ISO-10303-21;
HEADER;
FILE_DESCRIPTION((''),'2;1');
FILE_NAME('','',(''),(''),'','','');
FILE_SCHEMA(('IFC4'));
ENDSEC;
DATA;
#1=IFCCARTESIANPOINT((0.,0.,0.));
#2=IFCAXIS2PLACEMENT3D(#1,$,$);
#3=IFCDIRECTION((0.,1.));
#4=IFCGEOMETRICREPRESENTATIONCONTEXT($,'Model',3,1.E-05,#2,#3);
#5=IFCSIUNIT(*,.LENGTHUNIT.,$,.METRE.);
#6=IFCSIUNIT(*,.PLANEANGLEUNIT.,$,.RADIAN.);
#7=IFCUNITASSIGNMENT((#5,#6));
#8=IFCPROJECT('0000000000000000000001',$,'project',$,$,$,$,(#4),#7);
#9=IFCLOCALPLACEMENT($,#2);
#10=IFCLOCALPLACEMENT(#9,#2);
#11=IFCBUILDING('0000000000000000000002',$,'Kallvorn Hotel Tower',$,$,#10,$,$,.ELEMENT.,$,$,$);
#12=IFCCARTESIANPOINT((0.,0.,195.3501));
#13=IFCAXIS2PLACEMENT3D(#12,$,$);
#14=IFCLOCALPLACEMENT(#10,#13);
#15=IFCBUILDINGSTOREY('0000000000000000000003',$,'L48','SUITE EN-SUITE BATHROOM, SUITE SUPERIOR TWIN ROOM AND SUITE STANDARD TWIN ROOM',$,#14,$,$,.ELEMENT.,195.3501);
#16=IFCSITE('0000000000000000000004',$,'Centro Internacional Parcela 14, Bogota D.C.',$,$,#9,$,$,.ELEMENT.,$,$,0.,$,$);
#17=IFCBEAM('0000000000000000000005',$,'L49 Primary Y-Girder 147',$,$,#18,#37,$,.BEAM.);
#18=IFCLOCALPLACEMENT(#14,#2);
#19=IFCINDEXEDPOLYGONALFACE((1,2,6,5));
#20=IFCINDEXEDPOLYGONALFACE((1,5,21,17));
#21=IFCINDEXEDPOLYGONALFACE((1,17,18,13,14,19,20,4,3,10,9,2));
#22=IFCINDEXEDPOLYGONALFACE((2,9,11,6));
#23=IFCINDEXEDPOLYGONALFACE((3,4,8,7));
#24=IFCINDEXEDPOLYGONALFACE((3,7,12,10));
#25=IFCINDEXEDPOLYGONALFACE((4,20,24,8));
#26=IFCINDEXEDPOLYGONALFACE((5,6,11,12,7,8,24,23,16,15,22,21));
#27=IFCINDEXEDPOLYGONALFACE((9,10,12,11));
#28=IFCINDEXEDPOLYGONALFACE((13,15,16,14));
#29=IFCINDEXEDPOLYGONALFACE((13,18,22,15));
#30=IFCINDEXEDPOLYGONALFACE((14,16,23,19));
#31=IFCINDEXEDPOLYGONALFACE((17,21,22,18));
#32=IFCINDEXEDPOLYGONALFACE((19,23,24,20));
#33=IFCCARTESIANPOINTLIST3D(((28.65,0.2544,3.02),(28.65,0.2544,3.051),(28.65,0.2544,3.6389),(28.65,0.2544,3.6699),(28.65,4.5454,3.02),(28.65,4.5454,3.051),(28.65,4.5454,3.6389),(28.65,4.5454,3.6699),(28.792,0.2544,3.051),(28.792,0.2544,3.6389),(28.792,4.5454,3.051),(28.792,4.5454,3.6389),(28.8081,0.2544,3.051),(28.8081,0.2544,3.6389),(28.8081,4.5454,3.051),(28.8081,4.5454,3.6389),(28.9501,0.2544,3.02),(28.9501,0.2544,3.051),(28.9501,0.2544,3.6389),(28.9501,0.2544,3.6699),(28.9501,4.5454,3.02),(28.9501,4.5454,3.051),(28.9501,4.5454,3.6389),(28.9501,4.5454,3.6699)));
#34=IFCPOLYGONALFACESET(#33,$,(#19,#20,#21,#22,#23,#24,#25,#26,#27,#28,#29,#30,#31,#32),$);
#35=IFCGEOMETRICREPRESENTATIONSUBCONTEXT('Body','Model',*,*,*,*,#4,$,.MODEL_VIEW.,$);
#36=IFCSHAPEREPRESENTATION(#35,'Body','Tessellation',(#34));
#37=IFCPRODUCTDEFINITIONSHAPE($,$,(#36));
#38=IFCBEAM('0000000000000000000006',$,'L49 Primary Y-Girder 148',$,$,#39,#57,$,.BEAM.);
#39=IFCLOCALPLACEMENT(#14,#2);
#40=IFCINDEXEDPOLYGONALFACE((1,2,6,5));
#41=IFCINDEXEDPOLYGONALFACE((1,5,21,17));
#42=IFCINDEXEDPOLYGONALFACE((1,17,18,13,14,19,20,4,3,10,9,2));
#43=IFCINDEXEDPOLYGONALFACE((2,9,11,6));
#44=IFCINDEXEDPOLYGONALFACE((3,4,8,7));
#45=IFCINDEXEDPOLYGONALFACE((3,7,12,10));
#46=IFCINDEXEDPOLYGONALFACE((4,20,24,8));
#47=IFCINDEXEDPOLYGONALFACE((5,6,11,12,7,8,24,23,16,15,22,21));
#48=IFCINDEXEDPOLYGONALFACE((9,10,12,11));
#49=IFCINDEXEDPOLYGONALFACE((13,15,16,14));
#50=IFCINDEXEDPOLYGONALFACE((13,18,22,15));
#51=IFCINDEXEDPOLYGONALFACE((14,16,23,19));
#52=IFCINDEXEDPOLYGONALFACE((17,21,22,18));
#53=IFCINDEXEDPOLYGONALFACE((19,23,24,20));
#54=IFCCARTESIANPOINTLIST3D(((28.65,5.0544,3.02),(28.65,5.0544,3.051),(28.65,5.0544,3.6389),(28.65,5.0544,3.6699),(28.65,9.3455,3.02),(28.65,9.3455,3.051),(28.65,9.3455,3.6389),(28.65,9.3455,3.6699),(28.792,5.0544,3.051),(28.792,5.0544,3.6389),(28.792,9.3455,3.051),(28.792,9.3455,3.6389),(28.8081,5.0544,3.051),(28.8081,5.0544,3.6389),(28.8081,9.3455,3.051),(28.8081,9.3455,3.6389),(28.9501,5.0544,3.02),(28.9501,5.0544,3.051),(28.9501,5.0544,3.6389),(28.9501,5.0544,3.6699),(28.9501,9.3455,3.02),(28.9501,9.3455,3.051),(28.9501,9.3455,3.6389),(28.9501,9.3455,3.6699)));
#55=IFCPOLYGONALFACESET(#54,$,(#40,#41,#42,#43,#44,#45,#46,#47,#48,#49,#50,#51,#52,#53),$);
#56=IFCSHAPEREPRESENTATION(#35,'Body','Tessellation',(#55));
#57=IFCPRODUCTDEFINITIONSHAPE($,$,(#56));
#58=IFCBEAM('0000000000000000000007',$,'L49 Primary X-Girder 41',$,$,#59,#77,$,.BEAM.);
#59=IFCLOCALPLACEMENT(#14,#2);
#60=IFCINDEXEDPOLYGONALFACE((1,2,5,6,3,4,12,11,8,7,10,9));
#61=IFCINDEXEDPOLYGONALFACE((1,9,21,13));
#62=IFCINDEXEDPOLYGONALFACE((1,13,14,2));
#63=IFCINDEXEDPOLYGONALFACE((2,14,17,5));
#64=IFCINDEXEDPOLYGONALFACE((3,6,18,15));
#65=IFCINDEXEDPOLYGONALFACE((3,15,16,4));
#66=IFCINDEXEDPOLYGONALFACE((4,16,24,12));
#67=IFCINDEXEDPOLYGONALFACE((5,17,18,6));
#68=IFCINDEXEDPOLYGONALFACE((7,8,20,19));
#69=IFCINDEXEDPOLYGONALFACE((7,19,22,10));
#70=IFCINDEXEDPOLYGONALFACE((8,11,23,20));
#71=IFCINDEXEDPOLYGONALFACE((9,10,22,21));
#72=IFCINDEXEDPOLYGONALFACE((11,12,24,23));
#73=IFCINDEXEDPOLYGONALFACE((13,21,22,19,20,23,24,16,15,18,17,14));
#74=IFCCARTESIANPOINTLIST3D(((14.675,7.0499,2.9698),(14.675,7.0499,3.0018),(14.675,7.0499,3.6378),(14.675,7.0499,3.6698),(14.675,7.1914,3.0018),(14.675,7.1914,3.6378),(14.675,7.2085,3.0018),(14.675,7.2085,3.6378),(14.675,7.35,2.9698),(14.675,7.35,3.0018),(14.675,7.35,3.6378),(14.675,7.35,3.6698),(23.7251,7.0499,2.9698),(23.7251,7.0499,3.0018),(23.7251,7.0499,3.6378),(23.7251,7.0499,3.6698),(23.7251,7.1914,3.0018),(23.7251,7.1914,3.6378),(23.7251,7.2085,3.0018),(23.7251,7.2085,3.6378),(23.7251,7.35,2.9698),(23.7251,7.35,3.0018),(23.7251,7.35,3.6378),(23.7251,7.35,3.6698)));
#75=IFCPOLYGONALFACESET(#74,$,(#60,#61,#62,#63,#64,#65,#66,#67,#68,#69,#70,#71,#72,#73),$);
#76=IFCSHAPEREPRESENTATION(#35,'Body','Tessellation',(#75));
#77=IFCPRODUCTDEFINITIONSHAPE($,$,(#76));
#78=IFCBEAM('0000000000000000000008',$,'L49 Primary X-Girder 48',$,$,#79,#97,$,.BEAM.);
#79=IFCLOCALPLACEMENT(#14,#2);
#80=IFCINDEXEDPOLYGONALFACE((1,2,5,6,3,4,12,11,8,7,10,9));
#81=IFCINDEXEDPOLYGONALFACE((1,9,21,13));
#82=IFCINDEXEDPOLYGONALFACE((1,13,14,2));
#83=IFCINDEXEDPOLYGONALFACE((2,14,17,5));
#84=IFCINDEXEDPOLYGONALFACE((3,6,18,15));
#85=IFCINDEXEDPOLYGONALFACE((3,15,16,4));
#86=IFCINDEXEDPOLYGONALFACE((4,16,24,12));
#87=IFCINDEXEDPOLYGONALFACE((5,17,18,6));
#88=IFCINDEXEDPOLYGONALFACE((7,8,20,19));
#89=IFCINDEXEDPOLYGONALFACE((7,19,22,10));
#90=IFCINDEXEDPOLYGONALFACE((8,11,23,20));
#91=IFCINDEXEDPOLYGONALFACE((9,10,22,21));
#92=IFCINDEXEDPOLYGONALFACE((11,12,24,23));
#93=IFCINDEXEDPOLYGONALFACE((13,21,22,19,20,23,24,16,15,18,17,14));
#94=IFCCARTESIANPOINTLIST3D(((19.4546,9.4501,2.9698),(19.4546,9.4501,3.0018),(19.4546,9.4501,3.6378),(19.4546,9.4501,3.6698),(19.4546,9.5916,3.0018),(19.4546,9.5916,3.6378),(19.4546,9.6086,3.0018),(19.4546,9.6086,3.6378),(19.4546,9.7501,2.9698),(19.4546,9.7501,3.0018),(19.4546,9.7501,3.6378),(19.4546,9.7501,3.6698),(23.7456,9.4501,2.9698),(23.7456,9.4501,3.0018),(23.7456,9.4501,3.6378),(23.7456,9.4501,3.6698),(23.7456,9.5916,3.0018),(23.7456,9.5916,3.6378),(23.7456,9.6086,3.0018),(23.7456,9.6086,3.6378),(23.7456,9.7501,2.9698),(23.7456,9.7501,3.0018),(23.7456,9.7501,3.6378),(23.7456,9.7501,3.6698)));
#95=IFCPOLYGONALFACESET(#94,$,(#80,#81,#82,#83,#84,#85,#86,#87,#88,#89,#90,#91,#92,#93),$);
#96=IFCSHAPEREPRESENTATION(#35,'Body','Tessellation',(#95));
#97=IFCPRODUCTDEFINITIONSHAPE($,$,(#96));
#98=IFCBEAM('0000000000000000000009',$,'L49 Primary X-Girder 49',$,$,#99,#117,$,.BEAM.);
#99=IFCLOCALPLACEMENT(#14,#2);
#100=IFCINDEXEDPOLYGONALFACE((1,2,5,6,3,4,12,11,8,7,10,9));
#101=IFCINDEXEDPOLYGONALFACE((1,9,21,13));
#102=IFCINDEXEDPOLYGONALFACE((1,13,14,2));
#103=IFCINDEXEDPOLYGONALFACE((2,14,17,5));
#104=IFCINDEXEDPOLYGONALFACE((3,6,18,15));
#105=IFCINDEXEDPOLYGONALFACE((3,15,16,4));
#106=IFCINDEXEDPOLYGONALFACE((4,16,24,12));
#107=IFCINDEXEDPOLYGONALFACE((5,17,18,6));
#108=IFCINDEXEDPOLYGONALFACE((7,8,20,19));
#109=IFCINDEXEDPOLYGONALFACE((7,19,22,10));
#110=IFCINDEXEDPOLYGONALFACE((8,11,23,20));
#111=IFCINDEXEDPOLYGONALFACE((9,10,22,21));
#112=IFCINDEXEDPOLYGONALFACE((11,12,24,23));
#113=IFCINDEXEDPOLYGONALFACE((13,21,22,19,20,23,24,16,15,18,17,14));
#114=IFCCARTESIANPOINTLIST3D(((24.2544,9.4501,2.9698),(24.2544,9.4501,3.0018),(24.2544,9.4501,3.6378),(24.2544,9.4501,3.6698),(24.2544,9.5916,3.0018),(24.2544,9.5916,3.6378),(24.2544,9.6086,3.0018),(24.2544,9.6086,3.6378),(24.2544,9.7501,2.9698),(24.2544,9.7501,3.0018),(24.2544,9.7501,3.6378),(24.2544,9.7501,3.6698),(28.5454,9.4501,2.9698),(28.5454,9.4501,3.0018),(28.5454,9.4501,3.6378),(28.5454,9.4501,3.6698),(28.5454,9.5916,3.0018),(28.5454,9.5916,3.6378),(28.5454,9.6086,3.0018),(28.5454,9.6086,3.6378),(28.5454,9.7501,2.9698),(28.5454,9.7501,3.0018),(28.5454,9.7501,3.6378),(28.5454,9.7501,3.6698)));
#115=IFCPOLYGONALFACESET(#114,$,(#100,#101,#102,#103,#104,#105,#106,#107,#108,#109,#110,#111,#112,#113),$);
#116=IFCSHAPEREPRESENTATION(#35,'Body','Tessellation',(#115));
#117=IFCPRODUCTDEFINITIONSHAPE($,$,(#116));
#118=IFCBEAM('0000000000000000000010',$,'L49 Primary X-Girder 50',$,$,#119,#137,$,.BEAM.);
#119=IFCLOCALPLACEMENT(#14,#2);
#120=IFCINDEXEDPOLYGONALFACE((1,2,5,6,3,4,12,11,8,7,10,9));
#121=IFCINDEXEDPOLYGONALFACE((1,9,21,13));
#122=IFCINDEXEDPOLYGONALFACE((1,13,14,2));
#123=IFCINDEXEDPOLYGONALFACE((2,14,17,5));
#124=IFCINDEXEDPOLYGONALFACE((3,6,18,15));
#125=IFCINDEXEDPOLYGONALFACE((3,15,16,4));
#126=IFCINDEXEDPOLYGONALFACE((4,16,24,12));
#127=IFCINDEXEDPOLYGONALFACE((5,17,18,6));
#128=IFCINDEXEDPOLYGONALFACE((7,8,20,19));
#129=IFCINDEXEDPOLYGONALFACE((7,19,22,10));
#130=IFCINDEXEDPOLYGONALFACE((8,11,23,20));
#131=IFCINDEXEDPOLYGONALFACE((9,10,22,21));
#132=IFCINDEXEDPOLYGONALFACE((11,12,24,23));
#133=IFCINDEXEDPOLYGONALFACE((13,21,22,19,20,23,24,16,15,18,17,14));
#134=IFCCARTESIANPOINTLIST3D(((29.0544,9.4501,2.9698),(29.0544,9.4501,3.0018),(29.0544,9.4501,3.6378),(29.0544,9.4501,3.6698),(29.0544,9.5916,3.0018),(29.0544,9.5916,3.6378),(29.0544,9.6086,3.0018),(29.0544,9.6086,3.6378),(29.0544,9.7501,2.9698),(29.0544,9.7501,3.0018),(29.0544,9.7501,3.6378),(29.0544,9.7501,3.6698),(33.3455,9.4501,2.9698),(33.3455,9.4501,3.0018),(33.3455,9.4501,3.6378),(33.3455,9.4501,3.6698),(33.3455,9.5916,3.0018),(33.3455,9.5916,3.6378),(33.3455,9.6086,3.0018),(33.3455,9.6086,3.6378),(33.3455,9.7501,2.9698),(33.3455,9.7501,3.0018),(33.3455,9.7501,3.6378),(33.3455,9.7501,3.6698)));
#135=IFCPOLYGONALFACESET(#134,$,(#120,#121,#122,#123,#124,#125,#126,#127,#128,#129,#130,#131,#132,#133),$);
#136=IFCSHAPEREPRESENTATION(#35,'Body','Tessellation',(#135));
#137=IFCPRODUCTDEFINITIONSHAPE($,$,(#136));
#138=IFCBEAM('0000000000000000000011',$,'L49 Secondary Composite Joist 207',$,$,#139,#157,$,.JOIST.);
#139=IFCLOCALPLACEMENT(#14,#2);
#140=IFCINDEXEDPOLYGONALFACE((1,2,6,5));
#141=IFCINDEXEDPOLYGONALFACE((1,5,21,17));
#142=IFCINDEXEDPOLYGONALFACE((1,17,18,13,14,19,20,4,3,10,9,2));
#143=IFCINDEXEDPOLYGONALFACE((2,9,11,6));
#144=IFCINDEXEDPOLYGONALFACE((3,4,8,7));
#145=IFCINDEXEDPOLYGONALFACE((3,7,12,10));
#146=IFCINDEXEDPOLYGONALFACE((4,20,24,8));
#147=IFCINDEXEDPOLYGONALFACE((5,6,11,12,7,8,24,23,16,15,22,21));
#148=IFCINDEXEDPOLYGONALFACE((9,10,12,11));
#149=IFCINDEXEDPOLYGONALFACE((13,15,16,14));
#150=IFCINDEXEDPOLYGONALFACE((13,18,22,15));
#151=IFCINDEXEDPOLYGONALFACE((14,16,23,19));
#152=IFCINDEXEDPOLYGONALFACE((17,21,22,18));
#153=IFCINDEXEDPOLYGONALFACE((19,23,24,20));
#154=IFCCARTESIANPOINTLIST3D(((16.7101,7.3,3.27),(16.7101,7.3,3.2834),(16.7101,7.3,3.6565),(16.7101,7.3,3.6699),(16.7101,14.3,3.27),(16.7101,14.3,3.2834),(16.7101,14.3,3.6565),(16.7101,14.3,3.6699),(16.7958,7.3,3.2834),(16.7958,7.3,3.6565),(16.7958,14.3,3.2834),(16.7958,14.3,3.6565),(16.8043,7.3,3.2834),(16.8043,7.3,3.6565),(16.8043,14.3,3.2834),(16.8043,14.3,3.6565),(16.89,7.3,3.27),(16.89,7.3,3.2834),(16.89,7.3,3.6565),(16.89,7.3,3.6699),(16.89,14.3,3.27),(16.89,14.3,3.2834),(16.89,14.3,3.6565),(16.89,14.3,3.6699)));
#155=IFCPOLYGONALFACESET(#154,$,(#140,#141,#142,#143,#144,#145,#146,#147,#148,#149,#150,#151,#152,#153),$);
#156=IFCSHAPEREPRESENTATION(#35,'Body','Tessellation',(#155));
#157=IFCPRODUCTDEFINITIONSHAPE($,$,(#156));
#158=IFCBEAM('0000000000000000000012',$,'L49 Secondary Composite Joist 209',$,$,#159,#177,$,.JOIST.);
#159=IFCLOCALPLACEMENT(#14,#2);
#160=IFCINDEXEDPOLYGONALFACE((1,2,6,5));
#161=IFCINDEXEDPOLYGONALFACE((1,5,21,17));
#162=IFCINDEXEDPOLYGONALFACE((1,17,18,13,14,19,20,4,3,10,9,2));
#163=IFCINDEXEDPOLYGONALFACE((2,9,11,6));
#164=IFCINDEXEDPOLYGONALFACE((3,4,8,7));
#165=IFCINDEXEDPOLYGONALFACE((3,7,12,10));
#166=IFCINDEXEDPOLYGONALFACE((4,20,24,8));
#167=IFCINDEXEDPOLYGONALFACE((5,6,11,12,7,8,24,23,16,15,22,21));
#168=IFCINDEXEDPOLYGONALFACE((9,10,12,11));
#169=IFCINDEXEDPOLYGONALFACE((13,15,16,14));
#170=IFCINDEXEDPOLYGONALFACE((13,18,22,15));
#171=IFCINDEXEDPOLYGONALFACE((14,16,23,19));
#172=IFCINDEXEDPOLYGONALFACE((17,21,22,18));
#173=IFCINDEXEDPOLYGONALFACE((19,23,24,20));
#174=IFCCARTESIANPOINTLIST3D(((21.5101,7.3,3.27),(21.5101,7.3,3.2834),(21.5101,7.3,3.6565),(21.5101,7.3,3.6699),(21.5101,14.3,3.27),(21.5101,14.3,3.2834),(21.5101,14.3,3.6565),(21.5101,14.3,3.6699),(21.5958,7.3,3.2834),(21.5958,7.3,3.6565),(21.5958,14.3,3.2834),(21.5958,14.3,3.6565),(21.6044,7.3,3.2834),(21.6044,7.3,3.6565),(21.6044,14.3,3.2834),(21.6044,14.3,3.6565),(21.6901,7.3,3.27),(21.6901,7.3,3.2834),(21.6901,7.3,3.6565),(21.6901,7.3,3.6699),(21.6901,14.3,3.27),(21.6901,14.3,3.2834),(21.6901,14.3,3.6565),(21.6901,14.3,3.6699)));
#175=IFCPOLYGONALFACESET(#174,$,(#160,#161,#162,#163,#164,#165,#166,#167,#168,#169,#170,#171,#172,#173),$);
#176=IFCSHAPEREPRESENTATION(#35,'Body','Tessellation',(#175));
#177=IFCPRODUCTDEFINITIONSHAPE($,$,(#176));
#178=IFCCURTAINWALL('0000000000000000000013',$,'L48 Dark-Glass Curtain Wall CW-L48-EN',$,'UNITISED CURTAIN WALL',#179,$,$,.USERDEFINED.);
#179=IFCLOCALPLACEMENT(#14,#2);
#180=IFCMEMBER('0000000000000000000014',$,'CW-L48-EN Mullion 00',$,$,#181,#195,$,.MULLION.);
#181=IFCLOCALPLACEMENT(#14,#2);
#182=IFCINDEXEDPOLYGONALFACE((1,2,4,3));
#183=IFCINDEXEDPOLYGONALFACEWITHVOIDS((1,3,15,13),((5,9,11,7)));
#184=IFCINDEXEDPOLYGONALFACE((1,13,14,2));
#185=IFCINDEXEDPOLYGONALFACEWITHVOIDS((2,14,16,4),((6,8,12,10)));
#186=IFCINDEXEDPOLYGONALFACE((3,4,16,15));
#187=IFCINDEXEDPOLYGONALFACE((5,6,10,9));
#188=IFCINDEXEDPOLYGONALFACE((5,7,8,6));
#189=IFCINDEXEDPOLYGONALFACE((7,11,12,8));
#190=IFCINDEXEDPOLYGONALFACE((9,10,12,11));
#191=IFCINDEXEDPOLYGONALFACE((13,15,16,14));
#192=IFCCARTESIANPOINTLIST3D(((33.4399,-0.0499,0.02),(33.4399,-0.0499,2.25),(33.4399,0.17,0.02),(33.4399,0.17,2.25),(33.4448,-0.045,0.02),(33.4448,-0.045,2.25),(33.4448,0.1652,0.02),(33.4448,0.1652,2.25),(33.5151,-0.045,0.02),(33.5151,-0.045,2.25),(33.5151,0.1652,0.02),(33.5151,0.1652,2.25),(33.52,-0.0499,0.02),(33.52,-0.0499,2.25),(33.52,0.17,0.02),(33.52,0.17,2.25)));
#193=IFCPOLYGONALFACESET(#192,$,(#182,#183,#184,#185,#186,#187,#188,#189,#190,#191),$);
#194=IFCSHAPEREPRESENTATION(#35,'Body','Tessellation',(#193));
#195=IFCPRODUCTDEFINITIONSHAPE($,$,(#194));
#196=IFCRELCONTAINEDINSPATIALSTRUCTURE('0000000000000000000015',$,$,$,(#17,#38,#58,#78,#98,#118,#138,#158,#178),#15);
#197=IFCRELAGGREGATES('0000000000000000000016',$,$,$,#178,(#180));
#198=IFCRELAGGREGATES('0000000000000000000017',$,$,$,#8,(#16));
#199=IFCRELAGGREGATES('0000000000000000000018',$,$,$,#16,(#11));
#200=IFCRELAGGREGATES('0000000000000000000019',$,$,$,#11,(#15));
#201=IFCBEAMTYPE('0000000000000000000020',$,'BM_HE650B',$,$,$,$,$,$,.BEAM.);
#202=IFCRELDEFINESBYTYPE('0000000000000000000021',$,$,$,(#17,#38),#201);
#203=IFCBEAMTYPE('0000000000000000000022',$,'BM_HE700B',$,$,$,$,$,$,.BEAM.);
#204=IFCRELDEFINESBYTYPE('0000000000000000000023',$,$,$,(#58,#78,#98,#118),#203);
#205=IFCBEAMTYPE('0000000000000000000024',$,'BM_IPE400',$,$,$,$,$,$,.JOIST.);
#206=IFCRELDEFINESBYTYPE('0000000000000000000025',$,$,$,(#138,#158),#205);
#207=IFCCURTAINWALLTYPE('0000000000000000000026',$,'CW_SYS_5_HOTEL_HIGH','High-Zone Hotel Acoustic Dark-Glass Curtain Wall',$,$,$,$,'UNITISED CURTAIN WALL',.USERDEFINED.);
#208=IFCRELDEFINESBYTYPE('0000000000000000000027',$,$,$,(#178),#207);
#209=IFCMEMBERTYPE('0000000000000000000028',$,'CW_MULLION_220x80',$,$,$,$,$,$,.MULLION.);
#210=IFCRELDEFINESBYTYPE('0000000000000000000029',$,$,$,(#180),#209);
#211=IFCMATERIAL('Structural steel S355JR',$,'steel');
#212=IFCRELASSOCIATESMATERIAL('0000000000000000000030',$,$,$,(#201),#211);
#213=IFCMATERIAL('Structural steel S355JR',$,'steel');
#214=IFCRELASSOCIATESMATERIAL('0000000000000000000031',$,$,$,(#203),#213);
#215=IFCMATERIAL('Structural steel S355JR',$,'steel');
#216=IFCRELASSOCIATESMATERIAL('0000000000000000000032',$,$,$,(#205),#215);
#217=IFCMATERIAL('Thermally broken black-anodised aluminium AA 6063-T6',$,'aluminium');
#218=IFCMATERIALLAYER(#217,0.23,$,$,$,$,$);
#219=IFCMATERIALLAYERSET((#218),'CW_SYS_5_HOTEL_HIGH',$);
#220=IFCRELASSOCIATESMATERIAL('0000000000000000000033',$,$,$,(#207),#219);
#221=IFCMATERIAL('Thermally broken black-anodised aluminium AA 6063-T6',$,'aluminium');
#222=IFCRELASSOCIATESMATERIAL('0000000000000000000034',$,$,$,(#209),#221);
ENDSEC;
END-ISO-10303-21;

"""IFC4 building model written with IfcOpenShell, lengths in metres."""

from ifc_helpers import new_model, si_unit, direction, frame, origin, origin_2d, place, context, subcontext, project, spatial, hollow_rectangle, i_section, extrude, material, layer, layer_set, material_profile, profile_set, type_object, element, aggregate, save


model = new_model("IFC4")

# Units and contexts
model_context = context("Model", 3, precision=1e-05, world=origin(), true_north=direction((0.0, 1.0)))
body_context = subcontext(model_context, "Body", "Model", "MODEL_VIEW")
ifc_project = project(units=[si_unit("LENGTHUNIT", "METRE"), si_unit("PLANEANGLEUNIT", "RADIAN")], contexts=[model_context])

# Site, building, storey
site_placement = place(None, origin())
site = spatial("IfcSite", under=ifc_project, at=site_placement, Name="Centro Internacional Parcela 14, Bogota D.C.", CompositionType="ELEMENT", RefElevation=0.0)
building_placement = place(site_placement, origin())
building = spatial("IfcBuilding", under=site, at=building_placement, Name="Kallvorn Hotel Tower", CompositionType="ELEMENT")
storey_placement = place(building_placement, frame((0.0, 0.0, 195.3501)))
storey = spatial("IfcBuildingStorey", under=building, at=storey_placement, Name="L48", Description="SUITE EN-SUITE BATHROOM, SUITE SUPERIOR TWIN ROOM AND SUITE STANDARD TWIN ROOM", CompositionType="ELEMENT", Elevation=195.3501)

# Beams
ifc_material_1 = material(Name="Structural steel S355JR", Category="steel")
ifc_material_profile_1 = material_profile(ifc_material_1, i_section(OverallWidth=0.3, OverallDepth=0.6499, WebThickness=0.0161, FlangeThickness=0.031, at=origin_2d()), Name="HE 650 B")
ifc_profile_set_1 = profile_set([ifc_material_profile_1], Name="Structural steel S355JR")
beam_type_1 = type_object("IfcBeamType", Name="BM_HE650B", PredefinedType="BEAM", material=ifc_profile_set_1)
for number, where, z_axis, x_axis, name in (
    (1, (28.8, 0.2544, 3.345), (0.0, 1.0, 0.0), (-1.0, 0.0, 0.0), "L49 Primary Y-Girder 147"),
    (2, (28.8, 5.0544, 3.345), (0.0, 1.0, 0.0), (-1.0, 0.0, 0.0), "L49 Primary Y-Girder 148"),
):
    element("IfcBeam", number, at=place(storey_placement, frame(where, z_axis=z_axis, x_axis=x_axis)), inside=storey, type_object=beam_type_1, Name=name, PredefinedType="BEAM", context=body_context, shape_type="SweptSolid", body=[
        extrude(i_section(OverallWidth=0.3, OverallDepth=0.6499, WebThickness=0.0161, FlangeThickness=0.031, at=origin_2d()), origin(), (0.0, 0.0, 1.0), 4.291),
    ])
ifc_material_2 = material(Name="Structural steel S355JR", Category="steel")
ifc_material_profile_2 = material_profile(ifc_material_2, i_section(OverallWidth=0.3, OverallDepth=0.7, WebThickness=0.0171, FlangeThickness=0.032, at=origin_2d()), Name="HE 700 B")
ifc_profile_set_2 = profile_set([ifc_material_profile_2], Name="Structural steel S355JR")
beam_type_2 = type_object("IfcBeamType", Name="BM_HE700B", PredefinedType="BEAM", material=ifc_profile_set_2)
beam_1_placement = place(storey_placement, frame((14.675, 7.2, 3.3198), z_axis=(1.0, 0.0, 0.0), x_axis=(0.0, 1.0, 0.0)))
element("IfcBeam", 3, at=beam_1_placement, inside=storey, type_object=beam_type_2, Name="L49 Primary X-Girder 41", PredefinedType="BEAM", context=body_context, shape_type="SweptSolid", body=[
    extrude(i_section(OverallWidth=0.3, OverallDepth=0.7, WebThickness=0.0171, FlangeThickness=0.032, at=origin_2d()), origin(), (0.0, 0.0, 1.0), 9.05),
])
for number, where, z_axis, x_axis, name in (
    (4, (19.4546, 9.6001, 3.3198), (1.0, 0.0, 0.0), (0.0, 1.0, 0.0), "L49 Primary X-Girder 48"),
    (5, (24.2544, 9.6001, 3.3198), (1.0, 0.0, 0.0), (0.0, 1.0, 0.0), "L49 Primary X-Girder 49"),
    (6, (29.0544, 9.6001, 3.3198), (1.0, 0.0, 0.0), (0.0, 1.0, 0.0), "L49 Primary X-Girder 50"),
):
    element("IfcBeam", number, at=place(storey_placement, frame(where, z_axis=z_axis, x_axis=x_axis)), inside=storey, type_object=beam_type_2, Name=name, PredefinedType="BEAM", context=body_context, shape_type="SweptSolid", body=[
        extrude(i_section(OverallWidth=0.3, OverallDepth=0.7, WebThickness=0.0171, FlangeThickness=0.032, at=origin_2d()), origin(), (0.0, 0.0, 1.0), 4.291),
    ])
ifc_material_3 = material(Name="Structural steel S355JR", Category="steel")
ifc_material_profile_3 = material_profile(ifc_material_3, i_section(OverallWidth=0.1799, OverallDepth=0.3999, WebThickness=0.0085, FlangeThickness=0.0134, at=origin_2d()), Name="IPE 400")
ifc_profile_set_3 = profile_set([ifc_material_profile_3], Name="Structural steel S355JR")
beam_type_3 = type_object("IfcBeamType", Name="BM_IPE400", PredefinedType="JOIST", material=ifc_profile_set_3)
for number, where, z_axis, x_axis, name in (
    (7, (16.8, 7.3, 3.47), (0.0, 1.0, 0.0), (-1.0, 0.0, 0.0), "L49 Secondary Composite Joist 207"),
    (8, (21.6001, 7.3, 3.47), (0.0, 1.0, 0.0), (-1.0, 0.0, 0.0), "L49 Secondary Composite Joist 209"),
):
    element("IfcBeam", number, at=place(storey_placement, frame(where, z_axis=z_axis, x_axis=x_axis)), inside=storey, type_object=beam_type_3, Name=name, PredefinedType="JOIST", context=body_context, shape_type="SweptSolid", body=[
        extrude(i_section(OverallWidth=0.1799, OverallDepth=0.3999, WebThickness=0.0085, FlangeThickness=0.0134, at=origin_2d()), origin(), (0.0, 0.0, 1.0), 7.0),
    ])

# Curtain wall, member
ifc_material_4 = material(Name="Thermally broken black-anodised aluminium AA 6063-T6", Category="aluminium")
ifc_layer_1 = layer(ifc_material_4, 0.23)
ifc_layer_set_1 = layer_set([ifc_layer_1], Name="CW_SYS_5_HOTEL_HIGH")
curtain_wall_type = type_object("IfcCurtainWallType", Name="CW_SYS_5_HOTEL_HIGH", Description="High-Zone Hotel Acoustic Dark-Glass Curtain Wall", ElementType="UNITISED CURTAIN WALL", PredefinedType="USERDEFINED", material=ifc_layer_set_1)
curtain_wall_placement = place(storey_placement, origin())
curtain_wall = element("IfcCurtainWall", 9, at=curtain_wall_placement, inside=storey, type_object=curtain_wall_type, Name="L48 Dark-Glass Curtain Wall CW-L48-EN", ObjectType="UNITISED CURTAIN WALL", PredefinedType="USERDEFINED")
ifc_material_5 = material(Name="Thermally broken black-anodised aluminium AA 6063-T6", Category="aluminium")
ifc_material_profile_4 = material_profile(ifc_material_5, hollow_rectangle(XDim=0.0801, YDim=0.22, WallThickness=0.0049, at=origin_2d()), Name="MUL 220x80")
ifc_profile_set_4 = profile_set([ifc_material_profile_4], Name="Thermally broken black-anodised aluminium AA 6063-T6")
member_type_1 = type_object("IfcMemberType", Name="CW_MULLION_220x80", PredefinedType="MULLION", material=ifc_profile_set_4)
member_1_placement = place(storey_placement, frame((33.48, 0.0601, 0.02), z_axis=(0.0, 0.0, 1.0), x_axis=(1.0, 0.0, 0.0)))
member_1 = element("IfcMember", 10, at=member_1_placement, type_object=member_type_1, Name="CW-L48-EN Mullion 00", PredefinedType="MULLION", context=body_context, shape_type="SweptSolid", body=[
    extrude(hollow_rectangle(XDim=0.0801, YDim=0.22, WallThickness=0.0049, at=origin_2d()), origin(), (0.0, 0.0, 1.0), 2.23),
])

aggregate(curtain_wall, [member_1])

save(model, "model.ifc")
